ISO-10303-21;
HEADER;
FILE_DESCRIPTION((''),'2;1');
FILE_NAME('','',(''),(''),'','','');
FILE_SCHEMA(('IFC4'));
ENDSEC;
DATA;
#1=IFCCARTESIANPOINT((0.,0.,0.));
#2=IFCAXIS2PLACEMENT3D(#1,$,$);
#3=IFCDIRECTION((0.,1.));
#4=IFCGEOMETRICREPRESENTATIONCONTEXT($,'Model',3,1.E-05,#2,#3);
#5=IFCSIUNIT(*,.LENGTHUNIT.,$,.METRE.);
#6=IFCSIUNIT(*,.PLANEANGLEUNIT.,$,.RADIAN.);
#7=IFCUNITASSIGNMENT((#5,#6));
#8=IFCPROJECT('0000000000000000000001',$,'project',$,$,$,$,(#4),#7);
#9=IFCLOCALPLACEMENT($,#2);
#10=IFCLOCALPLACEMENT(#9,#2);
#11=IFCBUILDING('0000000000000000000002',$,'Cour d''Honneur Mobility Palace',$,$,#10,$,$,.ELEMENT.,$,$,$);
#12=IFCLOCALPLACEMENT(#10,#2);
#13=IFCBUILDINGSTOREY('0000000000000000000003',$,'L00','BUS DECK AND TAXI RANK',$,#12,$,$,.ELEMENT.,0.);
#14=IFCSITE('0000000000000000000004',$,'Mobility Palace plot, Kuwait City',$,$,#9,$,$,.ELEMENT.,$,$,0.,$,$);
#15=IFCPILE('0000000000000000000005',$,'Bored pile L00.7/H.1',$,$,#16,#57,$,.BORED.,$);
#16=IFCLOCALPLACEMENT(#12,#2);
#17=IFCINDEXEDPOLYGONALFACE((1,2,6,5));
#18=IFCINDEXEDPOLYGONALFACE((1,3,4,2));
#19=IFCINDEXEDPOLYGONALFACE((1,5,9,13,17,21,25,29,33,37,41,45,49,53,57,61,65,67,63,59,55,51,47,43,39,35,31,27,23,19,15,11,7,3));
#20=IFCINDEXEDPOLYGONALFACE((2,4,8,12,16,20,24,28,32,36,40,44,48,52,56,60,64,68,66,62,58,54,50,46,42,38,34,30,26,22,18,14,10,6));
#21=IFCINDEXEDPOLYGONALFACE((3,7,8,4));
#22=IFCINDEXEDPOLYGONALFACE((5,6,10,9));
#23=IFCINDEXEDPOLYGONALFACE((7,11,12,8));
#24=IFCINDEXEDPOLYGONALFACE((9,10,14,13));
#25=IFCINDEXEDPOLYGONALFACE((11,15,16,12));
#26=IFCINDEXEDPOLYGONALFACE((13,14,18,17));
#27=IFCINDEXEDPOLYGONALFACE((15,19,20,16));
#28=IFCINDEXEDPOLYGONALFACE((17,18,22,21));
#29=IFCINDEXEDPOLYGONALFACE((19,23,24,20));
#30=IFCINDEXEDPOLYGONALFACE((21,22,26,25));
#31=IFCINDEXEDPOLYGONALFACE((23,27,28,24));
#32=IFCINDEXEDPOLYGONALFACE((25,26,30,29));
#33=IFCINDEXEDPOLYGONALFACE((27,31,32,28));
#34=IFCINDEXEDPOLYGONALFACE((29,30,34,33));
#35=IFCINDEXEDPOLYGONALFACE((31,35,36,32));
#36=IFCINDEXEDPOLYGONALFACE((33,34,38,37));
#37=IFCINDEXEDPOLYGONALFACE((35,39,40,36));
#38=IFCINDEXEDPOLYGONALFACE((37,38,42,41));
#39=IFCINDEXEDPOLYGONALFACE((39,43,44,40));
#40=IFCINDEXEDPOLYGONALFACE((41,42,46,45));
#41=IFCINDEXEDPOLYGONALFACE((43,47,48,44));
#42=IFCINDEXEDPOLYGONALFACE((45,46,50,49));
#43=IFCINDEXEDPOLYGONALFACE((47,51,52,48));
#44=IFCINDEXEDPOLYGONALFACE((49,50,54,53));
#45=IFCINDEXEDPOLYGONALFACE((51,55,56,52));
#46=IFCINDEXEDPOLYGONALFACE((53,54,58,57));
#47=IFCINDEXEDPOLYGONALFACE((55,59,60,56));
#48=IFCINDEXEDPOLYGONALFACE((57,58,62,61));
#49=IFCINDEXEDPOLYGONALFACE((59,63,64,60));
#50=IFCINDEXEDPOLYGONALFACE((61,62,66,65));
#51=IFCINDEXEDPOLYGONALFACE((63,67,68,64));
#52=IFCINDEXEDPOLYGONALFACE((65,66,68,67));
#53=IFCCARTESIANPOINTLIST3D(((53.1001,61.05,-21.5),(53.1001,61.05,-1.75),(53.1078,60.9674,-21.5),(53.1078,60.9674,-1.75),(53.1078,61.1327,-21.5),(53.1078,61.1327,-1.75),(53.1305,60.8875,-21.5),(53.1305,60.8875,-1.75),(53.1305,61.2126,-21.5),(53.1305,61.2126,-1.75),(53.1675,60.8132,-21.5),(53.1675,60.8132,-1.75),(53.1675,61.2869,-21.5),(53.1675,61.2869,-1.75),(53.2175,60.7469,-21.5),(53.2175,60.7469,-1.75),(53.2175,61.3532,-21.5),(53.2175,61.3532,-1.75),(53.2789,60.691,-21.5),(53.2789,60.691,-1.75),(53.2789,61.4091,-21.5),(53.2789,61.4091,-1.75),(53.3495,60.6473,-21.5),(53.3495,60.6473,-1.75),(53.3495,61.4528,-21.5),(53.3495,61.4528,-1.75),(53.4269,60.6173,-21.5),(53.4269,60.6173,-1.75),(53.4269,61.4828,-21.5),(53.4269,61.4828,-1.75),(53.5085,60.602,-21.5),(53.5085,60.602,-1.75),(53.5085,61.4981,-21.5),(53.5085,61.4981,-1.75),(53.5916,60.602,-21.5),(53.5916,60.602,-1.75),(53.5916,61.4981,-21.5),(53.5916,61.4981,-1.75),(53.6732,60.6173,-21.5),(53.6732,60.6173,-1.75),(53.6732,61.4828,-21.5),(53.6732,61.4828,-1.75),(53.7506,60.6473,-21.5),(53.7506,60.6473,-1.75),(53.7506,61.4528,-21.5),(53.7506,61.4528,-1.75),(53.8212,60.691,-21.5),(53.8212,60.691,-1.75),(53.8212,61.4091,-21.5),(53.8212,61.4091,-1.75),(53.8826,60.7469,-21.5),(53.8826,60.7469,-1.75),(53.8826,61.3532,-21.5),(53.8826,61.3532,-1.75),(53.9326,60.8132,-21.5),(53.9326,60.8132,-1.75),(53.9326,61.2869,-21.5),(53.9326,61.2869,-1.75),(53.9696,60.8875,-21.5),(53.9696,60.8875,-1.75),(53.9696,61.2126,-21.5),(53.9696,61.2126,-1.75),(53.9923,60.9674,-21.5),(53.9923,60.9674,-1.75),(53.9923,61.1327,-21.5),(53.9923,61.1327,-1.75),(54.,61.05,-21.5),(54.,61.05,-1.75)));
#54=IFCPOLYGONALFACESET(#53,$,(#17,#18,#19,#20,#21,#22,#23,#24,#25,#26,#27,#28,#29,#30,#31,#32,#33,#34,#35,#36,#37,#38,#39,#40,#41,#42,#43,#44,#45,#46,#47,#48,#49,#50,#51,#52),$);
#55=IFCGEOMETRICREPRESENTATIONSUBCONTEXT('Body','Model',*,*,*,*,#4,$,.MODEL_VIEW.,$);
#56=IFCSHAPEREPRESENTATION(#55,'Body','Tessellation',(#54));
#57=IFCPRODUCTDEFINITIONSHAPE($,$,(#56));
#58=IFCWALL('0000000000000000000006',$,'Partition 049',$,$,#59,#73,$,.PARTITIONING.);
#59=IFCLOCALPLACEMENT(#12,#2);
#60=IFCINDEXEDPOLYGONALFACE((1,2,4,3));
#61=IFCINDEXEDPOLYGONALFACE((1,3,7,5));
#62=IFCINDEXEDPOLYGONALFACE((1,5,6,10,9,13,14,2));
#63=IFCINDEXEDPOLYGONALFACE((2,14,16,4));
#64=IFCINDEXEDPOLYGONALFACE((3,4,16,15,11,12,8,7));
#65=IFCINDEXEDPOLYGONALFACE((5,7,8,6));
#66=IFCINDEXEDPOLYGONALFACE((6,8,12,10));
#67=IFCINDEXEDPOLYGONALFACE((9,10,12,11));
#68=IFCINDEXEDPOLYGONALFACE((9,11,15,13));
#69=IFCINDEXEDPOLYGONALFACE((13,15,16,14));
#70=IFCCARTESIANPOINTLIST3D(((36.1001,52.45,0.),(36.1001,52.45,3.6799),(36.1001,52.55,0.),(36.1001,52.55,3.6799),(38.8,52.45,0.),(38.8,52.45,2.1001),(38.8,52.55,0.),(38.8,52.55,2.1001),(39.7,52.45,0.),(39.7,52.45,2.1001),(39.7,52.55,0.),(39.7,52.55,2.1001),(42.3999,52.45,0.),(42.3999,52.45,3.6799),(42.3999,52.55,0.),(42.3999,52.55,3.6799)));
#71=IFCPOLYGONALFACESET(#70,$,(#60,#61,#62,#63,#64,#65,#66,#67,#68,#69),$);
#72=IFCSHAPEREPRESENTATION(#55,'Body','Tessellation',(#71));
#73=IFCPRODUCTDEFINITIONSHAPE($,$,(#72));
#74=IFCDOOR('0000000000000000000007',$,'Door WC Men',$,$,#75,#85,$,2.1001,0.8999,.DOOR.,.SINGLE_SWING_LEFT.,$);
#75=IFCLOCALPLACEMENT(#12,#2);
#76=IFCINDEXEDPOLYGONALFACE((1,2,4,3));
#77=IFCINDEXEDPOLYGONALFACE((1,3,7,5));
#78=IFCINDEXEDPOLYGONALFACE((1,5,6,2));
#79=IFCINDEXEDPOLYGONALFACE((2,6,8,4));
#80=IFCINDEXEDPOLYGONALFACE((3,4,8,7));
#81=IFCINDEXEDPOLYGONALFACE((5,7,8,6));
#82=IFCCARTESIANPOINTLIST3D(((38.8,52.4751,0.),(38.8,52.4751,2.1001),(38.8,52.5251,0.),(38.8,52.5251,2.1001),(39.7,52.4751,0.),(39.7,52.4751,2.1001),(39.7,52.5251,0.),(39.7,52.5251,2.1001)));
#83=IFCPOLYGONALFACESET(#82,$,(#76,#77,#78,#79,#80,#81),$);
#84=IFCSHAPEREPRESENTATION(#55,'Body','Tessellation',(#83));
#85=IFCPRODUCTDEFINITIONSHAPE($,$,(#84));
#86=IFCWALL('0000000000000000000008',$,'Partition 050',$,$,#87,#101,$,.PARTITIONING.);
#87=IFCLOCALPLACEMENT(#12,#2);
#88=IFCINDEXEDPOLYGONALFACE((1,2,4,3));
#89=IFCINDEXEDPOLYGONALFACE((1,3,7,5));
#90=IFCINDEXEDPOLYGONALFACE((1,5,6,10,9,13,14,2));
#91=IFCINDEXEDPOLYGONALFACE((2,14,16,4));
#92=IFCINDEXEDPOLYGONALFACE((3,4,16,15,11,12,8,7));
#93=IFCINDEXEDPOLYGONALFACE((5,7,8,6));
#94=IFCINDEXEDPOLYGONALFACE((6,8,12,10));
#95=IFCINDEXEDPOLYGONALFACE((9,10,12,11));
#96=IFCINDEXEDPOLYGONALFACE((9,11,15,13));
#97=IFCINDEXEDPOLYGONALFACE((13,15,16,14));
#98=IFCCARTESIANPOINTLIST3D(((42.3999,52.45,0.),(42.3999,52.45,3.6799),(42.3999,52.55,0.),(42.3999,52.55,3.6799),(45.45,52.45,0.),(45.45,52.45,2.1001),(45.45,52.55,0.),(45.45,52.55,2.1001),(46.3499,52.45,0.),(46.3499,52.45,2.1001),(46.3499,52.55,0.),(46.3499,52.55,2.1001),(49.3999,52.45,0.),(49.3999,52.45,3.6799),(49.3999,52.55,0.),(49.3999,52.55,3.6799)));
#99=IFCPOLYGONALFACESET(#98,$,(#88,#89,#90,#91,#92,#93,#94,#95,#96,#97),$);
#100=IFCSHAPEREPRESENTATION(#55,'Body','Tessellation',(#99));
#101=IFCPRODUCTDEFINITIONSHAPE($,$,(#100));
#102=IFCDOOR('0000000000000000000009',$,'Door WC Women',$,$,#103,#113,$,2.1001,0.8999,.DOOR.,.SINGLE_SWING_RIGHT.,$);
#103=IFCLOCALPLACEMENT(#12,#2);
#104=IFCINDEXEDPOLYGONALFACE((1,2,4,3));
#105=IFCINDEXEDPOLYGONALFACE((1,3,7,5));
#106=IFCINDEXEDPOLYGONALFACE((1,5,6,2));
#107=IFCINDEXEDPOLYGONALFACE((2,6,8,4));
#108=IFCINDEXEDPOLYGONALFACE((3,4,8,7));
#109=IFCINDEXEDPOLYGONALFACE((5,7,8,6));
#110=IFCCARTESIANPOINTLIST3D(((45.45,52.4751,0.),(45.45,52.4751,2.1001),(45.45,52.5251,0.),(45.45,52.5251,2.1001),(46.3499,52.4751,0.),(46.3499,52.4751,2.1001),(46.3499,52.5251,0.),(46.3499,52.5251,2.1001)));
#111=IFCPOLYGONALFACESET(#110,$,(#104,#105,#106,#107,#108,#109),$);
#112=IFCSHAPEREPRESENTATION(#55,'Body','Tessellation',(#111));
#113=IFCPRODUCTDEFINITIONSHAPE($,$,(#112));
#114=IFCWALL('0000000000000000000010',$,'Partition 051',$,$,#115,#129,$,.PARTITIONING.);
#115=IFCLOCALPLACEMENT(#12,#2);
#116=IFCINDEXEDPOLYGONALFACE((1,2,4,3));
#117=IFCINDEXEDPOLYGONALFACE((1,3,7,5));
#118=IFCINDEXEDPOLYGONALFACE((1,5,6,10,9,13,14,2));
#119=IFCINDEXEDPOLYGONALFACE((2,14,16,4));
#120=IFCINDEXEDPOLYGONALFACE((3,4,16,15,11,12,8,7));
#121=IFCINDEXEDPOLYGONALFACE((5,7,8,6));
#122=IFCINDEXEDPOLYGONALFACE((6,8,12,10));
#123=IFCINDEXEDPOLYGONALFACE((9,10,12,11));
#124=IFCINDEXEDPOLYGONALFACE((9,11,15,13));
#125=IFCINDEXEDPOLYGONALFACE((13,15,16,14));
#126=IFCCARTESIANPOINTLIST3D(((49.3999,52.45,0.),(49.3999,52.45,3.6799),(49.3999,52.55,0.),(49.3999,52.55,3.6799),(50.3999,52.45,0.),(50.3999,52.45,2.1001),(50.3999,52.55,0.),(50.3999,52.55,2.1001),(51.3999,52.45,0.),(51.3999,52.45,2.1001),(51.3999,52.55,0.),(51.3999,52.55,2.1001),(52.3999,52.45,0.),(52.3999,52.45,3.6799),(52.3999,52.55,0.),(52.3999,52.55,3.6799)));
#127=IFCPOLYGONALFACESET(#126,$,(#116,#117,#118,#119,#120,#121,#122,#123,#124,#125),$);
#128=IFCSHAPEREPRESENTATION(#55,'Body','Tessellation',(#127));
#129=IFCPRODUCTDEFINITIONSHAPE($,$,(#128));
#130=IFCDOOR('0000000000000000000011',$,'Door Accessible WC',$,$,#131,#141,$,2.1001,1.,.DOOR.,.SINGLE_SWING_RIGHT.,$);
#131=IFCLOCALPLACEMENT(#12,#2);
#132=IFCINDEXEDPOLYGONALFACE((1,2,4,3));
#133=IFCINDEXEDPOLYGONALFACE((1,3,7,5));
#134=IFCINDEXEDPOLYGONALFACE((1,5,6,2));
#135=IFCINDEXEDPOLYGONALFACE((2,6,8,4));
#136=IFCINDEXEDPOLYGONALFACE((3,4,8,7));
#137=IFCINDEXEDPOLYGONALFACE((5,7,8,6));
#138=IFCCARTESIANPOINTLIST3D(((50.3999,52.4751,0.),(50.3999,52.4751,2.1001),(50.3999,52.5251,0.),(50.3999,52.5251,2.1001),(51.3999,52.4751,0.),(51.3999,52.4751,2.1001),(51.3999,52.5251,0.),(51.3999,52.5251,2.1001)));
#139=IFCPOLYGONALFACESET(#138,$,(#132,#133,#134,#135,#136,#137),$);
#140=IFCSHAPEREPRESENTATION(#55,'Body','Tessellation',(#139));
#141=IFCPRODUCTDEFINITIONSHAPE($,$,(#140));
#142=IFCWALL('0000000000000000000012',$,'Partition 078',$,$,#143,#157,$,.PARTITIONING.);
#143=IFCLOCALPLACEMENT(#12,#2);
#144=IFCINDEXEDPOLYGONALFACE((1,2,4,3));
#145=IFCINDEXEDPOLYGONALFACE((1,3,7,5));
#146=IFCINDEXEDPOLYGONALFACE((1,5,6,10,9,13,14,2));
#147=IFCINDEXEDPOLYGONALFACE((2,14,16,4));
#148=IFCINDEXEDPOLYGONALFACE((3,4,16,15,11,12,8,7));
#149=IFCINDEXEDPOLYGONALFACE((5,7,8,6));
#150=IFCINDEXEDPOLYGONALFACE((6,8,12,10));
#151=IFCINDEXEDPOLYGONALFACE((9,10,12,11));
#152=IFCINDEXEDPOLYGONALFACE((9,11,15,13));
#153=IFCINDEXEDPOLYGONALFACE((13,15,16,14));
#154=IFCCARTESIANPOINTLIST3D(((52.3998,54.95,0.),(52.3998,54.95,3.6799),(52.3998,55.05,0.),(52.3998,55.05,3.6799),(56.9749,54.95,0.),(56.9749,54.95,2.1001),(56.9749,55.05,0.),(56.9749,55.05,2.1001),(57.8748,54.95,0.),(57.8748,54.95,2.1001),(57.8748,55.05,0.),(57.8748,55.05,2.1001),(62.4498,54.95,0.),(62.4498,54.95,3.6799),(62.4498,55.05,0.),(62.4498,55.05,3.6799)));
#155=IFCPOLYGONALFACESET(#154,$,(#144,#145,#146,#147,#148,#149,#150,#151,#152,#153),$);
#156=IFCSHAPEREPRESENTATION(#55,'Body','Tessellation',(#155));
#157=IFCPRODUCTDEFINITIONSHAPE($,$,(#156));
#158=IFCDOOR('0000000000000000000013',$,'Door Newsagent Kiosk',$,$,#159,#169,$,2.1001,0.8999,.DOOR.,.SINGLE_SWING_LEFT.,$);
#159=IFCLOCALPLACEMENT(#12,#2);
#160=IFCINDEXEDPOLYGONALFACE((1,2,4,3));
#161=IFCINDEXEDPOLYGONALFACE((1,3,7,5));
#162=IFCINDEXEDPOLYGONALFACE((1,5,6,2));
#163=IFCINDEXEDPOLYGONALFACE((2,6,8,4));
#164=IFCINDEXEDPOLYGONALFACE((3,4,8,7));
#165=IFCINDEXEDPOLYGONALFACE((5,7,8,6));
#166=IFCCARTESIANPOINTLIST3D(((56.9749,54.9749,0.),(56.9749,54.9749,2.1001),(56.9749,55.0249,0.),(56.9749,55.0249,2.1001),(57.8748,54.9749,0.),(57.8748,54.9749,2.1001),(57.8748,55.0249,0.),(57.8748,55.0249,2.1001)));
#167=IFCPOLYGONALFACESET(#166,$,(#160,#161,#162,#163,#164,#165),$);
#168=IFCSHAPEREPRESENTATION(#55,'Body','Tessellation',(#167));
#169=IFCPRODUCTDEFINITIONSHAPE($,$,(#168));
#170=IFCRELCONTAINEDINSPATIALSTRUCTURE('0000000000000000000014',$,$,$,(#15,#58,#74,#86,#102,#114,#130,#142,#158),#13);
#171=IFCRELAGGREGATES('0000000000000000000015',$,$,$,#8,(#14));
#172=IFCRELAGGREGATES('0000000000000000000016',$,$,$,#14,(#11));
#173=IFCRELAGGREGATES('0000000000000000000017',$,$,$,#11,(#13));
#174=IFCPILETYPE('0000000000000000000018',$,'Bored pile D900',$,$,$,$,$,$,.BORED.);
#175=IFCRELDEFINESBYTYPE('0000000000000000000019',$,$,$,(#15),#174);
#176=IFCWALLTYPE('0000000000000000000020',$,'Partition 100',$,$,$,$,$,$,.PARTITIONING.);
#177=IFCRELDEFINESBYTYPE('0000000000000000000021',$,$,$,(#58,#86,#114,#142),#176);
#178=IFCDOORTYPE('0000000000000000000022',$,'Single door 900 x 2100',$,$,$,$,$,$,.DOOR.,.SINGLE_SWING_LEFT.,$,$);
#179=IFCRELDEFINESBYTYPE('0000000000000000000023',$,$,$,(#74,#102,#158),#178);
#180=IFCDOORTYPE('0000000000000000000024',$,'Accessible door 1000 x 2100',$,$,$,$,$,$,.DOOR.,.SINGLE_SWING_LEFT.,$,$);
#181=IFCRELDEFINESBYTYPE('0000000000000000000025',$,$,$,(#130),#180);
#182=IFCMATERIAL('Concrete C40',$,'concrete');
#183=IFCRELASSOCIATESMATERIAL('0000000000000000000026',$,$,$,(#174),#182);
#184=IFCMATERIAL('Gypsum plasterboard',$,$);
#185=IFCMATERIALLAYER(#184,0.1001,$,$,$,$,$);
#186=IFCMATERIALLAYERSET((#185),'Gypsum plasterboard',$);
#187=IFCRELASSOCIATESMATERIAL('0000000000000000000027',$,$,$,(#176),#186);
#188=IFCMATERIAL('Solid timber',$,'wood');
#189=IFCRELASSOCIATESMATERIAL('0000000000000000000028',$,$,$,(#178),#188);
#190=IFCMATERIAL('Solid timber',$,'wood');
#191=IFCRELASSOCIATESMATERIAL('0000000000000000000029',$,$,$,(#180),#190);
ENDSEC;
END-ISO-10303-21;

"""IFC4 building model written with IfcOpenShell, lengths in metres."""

from ifc_helpers import new_model, si_unit, direction, frame, frame_2d, origin, origin_2d, place, context, subcontext, project, spatial, rectangle, circle, extrude, material, layer, layer_set, material_profile, profile_set, type_object, element, fill, save


model = new_model("IFC4")

# Units and contexts
model_context = context("Model", 3, precision=1e-05, world=origin(), true_north=direction((0.0, 1.0)))
body_context = subcontext(model_context, "Body", "Model", "MODEL_VIEW")
ifc_project = project(units=[si_unit("LENGTHUNIT", "METRE"), si_unit("PLANEANGLEUNIT", "RADIAN")], contexts=[model_context])

# Site, building, storey
site_placement = place(None, origin())
site = spatial("IfcSite", under=ifc_project, at=site_placement, Name="Mobility Palace plot, Kuwait City", CompositionType="ELEMENT", RefElevation=0.0)
building_placement = place(site_placement, origin())
building = spatial("IfcBuilding", under=site, at=building_placement, Name="Cour d'Honneur Mobility Palace", CompositionType="ELEMENT")
storey_placement = place(building_placement, origin())
storey = spatial("IfcBuildingStorey", under=building, at=storey_placement, Name="L00", Description="BUS DECK AND TAXI RANK", CompositionType="ELEMENT", Elevation=0.0)

# Pile
ifc_material_1 = material(Name="Concrete C40", Category="concrete")
ifc_material_profile = material_profile(ifc_material_1, circle(Radius=0.45, at=origin_2d()), Name="Bored pile D900")
ifc_profile_set = profile_set([ifc_material_profile], Name="Concrete C40")
pile_type = type_object("IfcPileType", Name="Bored pile D900", PredefinedType="BORED", material=ifc_profile_set)
for number, where, z_axis, x_axis, name in (
    (1, (53.55, 61.05, -1.75), (0.0, 0.0, -1.0), (1.0, 0.0, 0.0), "Bored pile L00.7/H.1"),
):
    element("IfcPile", number, at=place(storey_placement, frame(where, z_axis=z_axis, x_axis=x_axis)), inside=storey, type_object=pile_type, Name=name, PredefinedType="BORED", context=body_context, shape_type="SweptSolid", body=[
        extrude(circle(Radius=0.45, at=origin_2d()), origin(), (0.0, 0.0, 1.0), 19.75),
    ])

# Walls, openings, doors
ifc_material_2 = material(Name="Gypsum plasterboard")
ifc_layer = layer(ifc_material_2, 0.1001)
ifc_layer_set = layer_set([ifc_layer], Name="Gypsum plasterboard")
wall_type = type_object("IfcWallType", Name="Partition 100", PredefinedType="PARTITIONING", material=ifc_layer_set)
wall_1_placement = place(storey_placement, frame((42.3999, 52.5, 0.0), z_axis=(0.0, 0.0, 1.0), x_axis=(-1.0, 0.0, 0.0)))
wall_1 = element("IfcWall", 2, at=wall_1_placement, inside=storey, type_object=wall_type, Name="Partition 049", PredefinedType="PARTITIONING", context=body_context, shape_type="SweptSolid", body=[
    extrude(rectangle(XDim=6.2998, YDim=0.1001, at=frame_2d((3.1499, 0.0))), origin(), (0.0, 0.0, 1.0), 3.6799),
])
opening_1_placement = place(wall_1_placement, frame((2.7, 0.0, 0.0)))
opening_1 = element("IfcOpeningElement", 3, at=opening_1_placement, cuts=wall_1, PredefinedType="OPENING", context=body_context, shape_type="SweptSolid", body=[
    extrude(rectangle(XDim=0.8999, YDim=2.1001, at=frame_2d((0.45, 1.05))), frame((0.0, 0.0601, 0.0), z_axis=(0.0, -1.0, 0.0), x_axis=(1.0, 0.0, 0.0)), (0.0, 0.0, 1.0), 0.1201),
])
ifc_material_3 = material(Name="Solid timber", Category="wood")
door_type_1 = type_object("IfcDoorType", Name="Single door 900 x 2100", OperationType="SINGLE_SWING_LEFT", PredefinedType="DOOR", material=ifc_material_3)
door_1_placement = place(opening_1_placement, origin())
door_1 = element("IfcDoor", 4, at=door_1_placement, inside=storey, type_object=door_type_1, Name="Door WC Men", OperationType="SINGLE_SWING_LEFT", OverallHeight=2.1001, OverallWidth=0.8999, PredefinedType="DOOR", context=body_context, shape_type="SweptSolid", body=[
    extrude(rectangle(XDim=0.8999, YDim=2.1001, at=frame_2d((0.45, 1.05))), frame((0.0, 0.0249, 0.0), z_axis=(0.0, -1.0, 0.0), x_axis=(1.0, 0.0, 0.0)), (0.0, 0.0, 1.0), 0.05),
])
fill(opening_1, door_1)
wall_2_placement = place(storey_placement, frame((49.3999, 52.5, 0.0), z_axis=(0.0, 0.0, 1.0), x_axis=(-1.0, 0.0, 0.0)))
wall_2 = element("IfcWall", 5, at=wall_2_placement, inside=storey, type_object=wall_type, Name="Partition 050", PredefinedType="PARTITIONING", context=body_context, shape_type="SweptSolid", body=[
    extrude(rectangle(XDim=7.0, YDim=0.1001, at=frame_2d((3.5, 0.0))), origin(), (0.0, 0.0, 1.0), 3.6799),
])
opening_2_placement = place(wall_2_placement, frame((3.05, 0.0, 0.0)))
opening_2 = element("IfcOpeningElement", 6, at=opening_2_placement, cuts=wall_2, PredefinedType="OPENING", context=body_context, shape_type="SweptSolid", body=[
    extrude(rectangle(XDim=0.8999, YDim=2.1001, at=frame_2d((0.45, 1.05))), frame((0.0, 0.0601, 0.0), z_axis=(0.0, -1.0, 0.0), x_axis=(1.0, 0.0, 0.0)), (0.0, 0.0, 1.0), 0.1201),
])
door_2_placement = place(opening_2_placement, origin())
door_2 = element("IfcDoor", 7, at=door_2_placement, inside=storey, type_object=door_type_1, Name="Door WC Women", OperationType="SINGLE_SWING_RIGHT", OverallHeight=2.1001, OverallWidth=0.8999, PredefinedType="DOOR", context=body_context, shape_type="SweptSolid", body=[
    extrude(rectangle(XDim=0.8999, YDim=2.1001, at=frame_2d((0.45, 1.05))), frame((0.0, 0.0249, 0.0), z_axis=(0.0, -1.0, 0.0), x_axis=(1.0, 0.0, 0.0)), (0.0, 0.0, 1.0), 0.05),
])
fill(opening_2, door_2)
wall_3_placement = place(storey_placement, frame((52.3999, 52.5, 0.0), z_axis=(0.0, 0.0, 1.0), x_axis=(-1.0, 0.0, 0.0)))
wall_3 = element("IfcWall", 8, at=wall_3_placement, inside=storey, type_object=wall_type, Name="Partition 051", PredefinedType="PARTITIONING", context=body_context, shape_type="SweptSolid", body=[
    extrude(rectangle(XDim=3.0, YDim=0.1001, at=frame_2d((1.5, 0.0))), origin(), (0.0, 0.0, 1.0), 3.6799),
])
opening_3_placement = place(wall_3_placement, frame((1.0, 0.0, 0.0)))
opening_3 = element("IfcOpeningElement", 9, at=opening_3_placement, cuts=wall_3, PredefinedType="OPENING", context=body_context, shape_type="SweptSolid", body=[
    extrude(rectangle(XDim=1.0, YDim=2.1001, at=frame_2d((0.5, 1.05))), frame((0.0, 0.0601, 0.0), z_axis=(0.0, -1.0, 0.0), x_axis=(1.0, 0.0, 0.0)), (0.0, 0.0, 1.0), 0.1201),
])
ifc_material_4 = material(Name="Solid timber", Category="wood")
door_type_2 = type_object("IfcDoorType", Name="Accessible door 1000 x 2100", OperationType="SINGLE_SWING_LEFT", PredefinedType="DOOR", material=ifc_material_4)
door_3_placement = place(opening_3_placement, origin())
door_3 = element("IfcDoor", 10, at=door_3_placement, inside=storey, type_object=door_type_2, Name="Door Accessible WC", OperationType="SINGLE_SWING_RIGHT", OverallHeight=2.1001, OverallWidth=1.0, PredefinedType="DOOR", context=body_context, shape_type="SweptSolid", body=[
    extrude(rectangle(XDim=1.0, YDim=2.1001, at=frame_2d((0.5, 1.05))), frame((0.0, 0.0249, 0.0), z_axis=(0.0, -1.0, 0.0), x_axis=(1.0, 0.0, 0.0)), (0.0, 0.0, 1.0), 0.05),
])
fill(opening_3, door_3)
wall_4_placement = place(storey_placement, frame((52.3999, 55.0, 0.0), z_axis=(0.0, 0.0, 1.0), x_axis=(1.0, 0.0, 0.0)))
wall_4 = element("IfcWall", 11, at=wall_4_placement, inside=storey, type_object=wall_type, Name="Partition 078", PredefinedType="PARTITIONING", context=body_context, shape_type="SweptSolid", body=[
    extrude(rectangle(XDim=10.05, YDim=0.1001, at=frame_2d((5.0249, 0.0))), origin(), (0.0, 0.0, 1.0), 3.6799),
])
opening_4_placement = place(wall_4_placement, frame((4.575, 0.0, 0.0)))
opening_4 = element("IfcOpeningElement", 12, at=opening_4_placement, cuts=wall_4, PredefinedType="OPENING", context=body_context, shape_type="SweptSolid", body=[
    extrude(rectangle(XDim=0.8999, YDim=2.1001, at=frame_2d((0.45, 1.05))), frame((0.0, 0.0601, 0.0), z_axis=(0.0, -1.0, 0.0), x_axis=(1.0, 0.0, 0.0)), (0.0, 0.0, 1.0), 0.1201),
])
door_4_placement = place(opening_4_placement, origin())
door_4 = element("IfcDoor", 13, at=door_4_placement, inside=storey, type_object=door_type_1, Name="Door Newsagent Kiosk", OperationType="SINGLE_SWING_LEFT", OverallHeight=2.1001, OverallWidth=0.8999, PredefinedType="DOOR", context=body_context, shape_type="SweptSolid", body=[
    extrude(rectangle(XDim=0.8999, YDim=2.1001, at=frame_2d((0.45, 1.05))), frame((0.0, 0.0249, 0.0), z_axis=(0.0, -1.0, 0.0), x_axis=(1.0, 0.0, 0.0)), (0.0, 0.0, 1.0), 0.05),
])
fill(opening_4, door_4)

save(model, "model.ifc")
